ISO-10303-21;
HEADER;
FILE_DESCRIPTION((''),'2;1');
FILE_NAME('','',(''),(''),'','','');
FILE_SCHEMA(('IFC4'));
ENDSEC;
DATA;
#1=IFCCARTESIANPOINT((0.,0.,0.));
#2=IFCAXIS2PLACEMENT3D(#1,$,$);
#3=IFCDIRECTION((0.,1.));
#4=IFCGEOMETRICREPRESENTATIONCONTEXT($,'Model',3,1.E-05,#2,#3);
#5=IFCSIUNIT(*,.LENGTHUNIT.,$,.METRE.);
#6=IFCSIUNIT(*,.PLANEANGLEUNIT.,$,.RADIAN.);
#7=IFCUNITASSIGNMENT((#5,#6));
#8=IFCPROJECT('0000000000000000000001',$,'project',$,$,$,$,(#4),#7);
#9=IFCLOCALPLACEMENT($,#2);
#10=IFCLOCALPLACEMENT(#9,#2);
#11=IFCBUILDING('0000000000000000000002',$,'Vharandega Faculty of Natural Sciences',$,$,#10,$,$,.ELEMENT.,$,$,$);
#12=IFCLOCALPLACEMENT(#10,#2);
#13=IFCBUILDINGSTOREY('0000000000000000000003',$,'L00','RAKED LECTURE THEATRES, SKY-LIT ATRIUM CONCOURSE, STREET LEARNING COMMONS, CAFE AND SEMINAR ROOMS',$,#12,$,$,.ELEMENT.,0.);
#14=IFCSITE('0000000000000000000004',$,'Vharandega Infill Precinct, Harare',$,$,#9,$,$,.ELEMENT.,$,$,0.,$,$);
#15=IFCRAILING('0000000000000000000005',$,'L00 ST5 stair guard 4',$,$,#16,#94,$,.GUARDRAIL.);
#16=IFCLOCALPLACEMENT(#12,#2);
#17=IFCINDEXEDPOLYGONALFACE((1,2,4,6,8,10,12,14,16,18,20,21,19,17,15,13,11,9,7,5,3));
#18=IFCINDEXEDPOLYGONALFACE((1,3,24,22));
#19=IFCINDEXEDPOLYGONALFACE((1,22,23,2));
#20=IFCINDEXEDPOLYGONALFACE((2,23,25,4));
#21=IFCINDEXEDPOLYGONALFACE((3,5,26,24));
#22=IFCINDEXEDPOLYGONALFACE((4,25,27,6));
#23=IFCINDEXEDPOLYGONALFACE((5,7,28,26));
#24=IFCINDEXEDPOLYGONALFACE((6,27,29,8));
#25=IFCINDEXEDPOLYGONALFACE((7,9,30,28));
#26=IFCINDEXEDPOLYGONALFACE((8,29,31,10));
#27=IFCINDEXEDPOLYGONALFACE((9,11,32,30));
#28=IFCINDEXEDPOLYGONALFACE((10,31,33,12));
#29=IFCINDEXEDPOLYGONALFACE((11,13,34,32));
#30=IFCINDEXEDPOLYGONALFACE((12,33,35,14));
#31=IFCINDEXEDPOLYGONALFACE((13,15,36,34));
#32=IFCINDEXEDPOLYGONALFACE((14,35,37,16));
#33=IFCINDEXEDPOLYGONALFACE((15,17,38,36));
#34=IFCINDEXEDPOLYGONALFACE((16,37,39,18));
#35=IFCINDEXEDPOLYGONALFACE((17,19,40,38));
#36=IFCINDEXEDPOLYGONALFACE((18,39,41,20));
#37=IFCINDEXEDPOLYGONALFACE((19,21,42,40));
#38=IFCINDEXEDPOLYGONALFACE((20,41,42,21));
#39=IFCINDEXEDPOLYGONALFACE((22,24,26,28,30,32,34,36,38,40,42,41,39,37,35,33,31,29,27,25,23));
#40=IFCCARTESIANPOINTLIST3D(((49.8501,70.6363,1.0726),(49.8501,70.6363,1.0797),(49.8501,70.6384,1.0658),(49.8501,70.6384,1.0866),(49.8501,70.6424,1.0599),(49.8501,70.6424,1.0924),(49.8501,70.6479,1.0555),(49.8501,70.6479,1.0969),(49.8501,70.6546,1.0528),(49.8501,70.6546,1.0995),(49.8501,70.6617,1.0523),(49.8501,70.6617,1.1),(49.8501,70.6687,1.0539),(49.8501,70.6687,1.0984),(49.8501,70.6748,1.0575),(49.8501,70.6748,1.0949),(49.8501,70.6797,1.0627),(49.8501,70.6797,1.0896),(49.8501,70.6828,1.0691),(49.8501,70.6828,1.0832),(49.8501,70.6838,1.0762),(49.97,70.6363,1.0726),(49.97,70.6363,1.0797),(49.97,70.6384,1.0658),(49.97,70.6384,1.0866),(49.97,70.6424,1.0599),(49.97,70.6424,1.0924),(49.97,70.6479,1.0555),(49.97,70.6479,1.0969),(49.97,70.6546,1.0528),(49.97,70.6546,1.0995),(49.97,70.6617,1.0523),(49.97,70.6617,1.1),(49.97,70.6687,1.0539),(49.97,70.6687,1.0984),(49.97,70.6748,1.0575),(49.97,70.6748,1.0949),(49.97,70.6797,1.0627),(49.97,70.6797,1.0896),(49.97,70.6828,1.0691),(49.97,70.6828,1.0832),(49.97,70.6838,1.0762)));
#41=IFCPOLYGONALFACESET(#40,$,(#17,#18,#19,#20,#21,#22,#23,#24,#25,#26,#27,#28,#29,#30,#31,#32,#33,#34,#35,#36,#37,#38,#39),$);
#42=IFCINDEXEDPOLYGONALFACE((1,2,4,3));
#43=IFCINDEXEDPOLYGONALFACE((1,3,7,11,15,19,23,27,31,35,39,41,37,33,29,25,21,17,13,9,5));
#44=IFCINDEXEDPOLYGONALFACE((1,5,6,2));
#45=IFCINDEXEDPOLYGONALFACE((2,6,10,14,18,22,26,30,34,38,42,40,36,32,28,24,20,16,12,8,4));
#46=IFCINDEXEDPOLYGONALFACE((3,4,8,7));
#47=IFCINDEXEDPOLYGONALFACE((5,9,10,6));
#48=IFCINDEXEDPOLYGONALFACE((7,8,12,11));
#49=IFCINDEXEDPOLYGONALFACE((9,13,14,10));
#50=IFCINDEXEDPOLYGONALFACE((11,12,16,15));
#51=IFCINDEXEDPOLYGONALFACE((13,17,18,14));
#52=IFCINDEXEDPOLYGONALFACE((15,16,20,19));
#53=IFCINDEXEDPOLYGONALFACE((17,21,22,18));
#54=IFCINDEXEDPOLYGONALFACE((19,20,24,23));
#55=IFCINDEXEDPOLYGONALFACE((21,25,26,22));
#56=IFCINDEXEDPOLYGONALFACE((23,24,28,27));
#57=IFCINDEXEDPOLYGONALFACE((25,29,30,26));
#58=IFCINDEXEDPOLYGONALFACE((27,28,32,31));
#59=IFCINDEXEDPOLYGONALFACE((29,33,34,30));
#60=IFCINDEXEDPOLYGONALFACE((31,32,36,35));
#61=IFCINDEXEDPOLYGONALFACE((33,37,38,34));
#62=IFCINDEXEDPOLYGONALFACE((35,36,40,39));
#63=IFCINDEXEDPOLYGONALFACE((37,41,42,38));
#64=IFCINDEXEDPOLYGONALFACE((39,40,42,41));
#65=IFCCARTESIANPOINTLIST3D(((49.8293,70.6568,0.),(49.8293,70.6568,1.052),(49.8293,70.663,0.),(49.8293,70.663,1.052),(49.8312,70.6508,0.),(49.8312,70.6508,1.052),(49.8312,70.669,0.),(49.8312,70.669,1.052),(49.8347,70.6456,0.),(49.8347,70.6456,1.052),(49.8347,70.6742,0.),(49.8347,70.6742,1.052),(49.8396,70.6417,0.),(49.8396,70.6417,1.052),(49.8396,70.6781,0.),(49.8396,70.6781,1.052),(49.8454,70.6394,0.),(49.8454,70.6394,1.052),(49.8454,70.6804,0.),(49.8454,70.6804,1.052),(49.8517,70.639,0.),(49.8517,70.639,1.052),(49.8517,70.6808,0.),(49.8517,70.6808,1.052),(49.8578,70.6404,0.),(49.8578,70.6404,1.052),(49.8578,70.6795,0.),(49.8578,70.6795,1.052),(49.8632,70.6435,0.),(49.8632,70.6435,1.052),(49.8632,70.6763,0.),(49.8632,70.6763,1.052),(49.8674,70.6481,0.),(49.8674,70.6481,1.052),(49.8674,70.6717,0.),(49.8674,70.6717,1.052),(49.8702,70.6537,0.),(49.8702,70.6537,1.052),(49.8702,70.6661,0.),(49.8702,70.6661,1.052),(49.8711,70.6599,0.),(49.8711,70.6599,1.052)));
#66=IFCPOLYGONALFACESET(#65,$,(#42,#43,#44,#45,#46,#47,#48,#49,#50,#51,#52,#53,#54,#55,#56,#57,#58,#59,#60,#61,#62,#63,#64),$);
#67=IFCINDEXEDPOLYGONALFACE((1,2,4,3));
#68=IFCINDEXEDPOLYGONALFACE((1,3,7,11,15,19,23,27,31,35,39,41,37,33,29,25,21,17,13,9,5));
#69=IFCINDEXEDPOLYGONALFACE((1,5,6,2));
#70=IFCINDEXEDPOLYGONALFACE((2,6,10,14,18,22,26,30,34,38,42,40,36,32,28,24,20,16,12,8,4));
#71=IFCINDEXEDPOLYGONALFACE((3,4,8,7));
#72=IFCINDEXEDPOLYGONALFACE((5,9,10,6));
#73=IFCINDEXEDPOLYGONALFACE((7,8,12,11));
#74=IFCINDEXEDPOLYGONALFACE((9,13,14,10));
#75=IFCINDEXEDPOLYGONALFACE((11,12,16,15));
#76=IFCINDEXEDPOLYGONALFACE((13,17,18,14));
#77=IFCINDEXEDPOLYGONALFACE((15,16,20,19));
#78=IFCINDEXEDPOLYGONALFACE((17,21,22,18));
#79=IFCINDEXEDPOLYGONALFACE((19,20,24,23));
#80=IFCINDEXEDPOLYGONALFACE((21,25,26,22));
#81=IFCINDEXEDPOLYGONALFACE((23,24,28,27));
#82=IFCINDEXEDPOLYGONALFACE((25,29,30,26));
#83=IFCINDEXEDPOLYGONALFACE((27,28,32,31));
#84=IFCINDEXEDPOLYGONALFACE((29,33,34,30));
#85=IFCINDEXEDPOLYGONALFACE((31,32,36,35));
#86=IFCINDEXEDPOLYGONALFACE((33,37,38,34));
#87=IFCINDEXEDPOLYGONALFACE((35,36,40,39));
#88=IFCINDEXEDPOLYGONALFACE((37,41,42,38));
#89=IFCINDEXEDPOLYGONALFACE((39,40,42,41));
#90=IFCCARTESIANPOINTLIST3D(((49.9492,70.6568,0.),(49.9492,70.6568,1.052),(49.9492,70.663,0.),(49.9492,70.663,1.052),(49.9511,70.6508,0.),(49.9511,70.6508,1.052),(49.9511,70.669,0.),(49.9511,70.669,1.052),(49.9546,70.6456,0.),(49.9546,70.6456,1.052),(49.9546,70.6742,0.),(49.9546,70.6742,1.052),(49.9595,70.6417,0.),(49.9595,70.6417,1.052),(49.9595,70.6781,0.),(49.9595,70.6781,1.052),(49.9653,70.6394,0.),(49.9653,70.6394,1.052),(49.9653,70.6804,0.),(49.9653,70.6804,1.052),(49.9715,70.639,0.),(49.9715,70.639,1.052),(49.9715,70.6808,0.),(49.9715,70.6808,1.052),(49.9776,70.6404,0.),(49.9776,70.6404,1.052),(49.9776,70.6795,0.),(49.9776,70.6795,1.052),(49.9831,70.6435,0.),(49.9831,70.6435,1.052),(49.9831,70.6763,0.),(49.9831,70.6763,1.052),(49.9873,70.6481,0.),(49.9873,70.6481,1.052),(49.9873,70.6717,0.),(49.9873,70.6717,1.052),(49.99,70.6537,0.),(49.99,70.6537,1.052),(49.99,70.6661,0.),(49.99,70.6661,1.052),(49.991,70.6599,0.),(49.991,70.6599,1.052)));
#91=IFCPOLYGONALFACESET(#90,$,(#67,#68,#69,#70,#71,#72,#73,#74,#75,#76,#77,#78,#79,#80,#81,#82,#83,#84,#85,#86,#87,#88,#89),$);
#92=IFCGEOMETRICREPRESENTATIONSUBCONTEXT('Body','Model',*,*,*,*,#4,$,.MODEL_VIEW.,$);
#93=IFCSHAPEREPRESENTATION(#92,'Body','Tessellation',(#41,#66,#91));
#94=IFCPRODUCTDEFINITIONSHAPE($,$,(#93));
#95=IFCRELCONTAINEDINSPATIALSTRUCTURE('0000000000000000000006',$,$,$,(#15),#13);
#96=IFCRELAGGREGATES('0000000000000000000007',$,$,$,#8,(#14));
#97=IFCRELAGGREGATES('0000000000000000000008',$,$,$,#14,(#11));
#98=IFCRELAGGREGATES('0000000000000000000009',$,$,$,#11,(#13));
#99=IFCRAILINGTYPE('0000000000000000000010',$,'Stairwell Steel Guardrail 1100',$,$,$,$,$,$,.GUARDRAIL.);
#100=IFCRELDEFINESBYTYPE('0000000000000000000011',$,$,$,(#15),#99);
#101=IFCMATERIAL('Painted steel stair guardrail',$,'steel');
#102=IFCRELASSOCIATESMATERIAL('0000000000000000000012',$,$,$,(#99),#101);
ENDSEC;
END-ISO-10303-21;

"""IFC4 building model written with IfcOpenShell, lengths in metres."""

from ifc_helpers import new_model, si_unit, direction, frame, origin, origin_2d, place, context, subcontext, project, spatial, circle, extrude, material, type_object, element, save


model = new_model("IFC4")

# Units and contexts
model_context = context("Model", 3, precision=1e-05, world=origin(), true_north=direction((0.0, 1.0)))
body_context = subcontext(model_context, "Body", "Model", "MODEL_VIEW")
ifc_project = project(units=[si_unit("LENGTHUNIT", "METRE"), si_unit("PLANEANGLEUNIT", "RADIAN")], contexts=[model_context])

# Site, building, storey
site_placement = place(None, origin())
site = spatial("IfcSite", under=ifc_project, at=site_placement, Name="Vharandega Infill Precinct, Harare", CompositionType="ELEMENT", RefElevation=0.0)
building_placement = place(site_placement, origin())
building = spatial("IfcBuilding", under=site, at=building_placement, Name="Vharandega Faculty of Natural Sciences", CompositionType="ELEMENT")
storey_placement = place(building_placement, origin())
storey = spatial("IfcBuildingStorey", under=building, at=storey_placement, Name="L00", Description="RAKED LECTURE THEATRES, SKY-LIT ATRIUM CONCOURSE, STREET LEARNING COMMONS, CAFE AND SEMINAR ROOMS", CompositionType="ELEMENT", Elevation=0.0)

# Railing
ifc_material_1 = material(Name="Painted steel stair guardrail", Category="steel")
railing_type_1 = type_object("IfcRailingType", Name="Stairwell Steel Guardrail 1100", PredefinedType="GUARDRAIL", material=ifc_material_1)
railing_1_placement = place(storey_placement, frame((49.8501, 70.6599, 0.0)))
element("IfcRailing", 1, at=railing_1_placement, inside=storey, type_object=railing_type_1, Name="L00 ST5 stair guard 4", PredefinedType="GUARDRAIL", context=body_context, shape_type="SweptSolid", body=[
    extrude(circle(Radius=0.0239, at=origin_2d()), frame((0.0, 0.0, 1.0762), z_axis=(1.0, 0.0, 0.0), x_axis=(0.0, 1.0, 0.0)), (0.0, 0.0, 1.0), 0.1199),
    extrude(circle(Radius=0.021, at=origin_2d()), origin(), (0.0, 0.0, 1.0), 1.052),
    extrude(circle(Radius=0.021, at=origin_2d()), frame((0.1199, 0.0, 0.0)), (0.0, 0.0, 1.0), 1.052),
])

save(model, "model.ifc")
